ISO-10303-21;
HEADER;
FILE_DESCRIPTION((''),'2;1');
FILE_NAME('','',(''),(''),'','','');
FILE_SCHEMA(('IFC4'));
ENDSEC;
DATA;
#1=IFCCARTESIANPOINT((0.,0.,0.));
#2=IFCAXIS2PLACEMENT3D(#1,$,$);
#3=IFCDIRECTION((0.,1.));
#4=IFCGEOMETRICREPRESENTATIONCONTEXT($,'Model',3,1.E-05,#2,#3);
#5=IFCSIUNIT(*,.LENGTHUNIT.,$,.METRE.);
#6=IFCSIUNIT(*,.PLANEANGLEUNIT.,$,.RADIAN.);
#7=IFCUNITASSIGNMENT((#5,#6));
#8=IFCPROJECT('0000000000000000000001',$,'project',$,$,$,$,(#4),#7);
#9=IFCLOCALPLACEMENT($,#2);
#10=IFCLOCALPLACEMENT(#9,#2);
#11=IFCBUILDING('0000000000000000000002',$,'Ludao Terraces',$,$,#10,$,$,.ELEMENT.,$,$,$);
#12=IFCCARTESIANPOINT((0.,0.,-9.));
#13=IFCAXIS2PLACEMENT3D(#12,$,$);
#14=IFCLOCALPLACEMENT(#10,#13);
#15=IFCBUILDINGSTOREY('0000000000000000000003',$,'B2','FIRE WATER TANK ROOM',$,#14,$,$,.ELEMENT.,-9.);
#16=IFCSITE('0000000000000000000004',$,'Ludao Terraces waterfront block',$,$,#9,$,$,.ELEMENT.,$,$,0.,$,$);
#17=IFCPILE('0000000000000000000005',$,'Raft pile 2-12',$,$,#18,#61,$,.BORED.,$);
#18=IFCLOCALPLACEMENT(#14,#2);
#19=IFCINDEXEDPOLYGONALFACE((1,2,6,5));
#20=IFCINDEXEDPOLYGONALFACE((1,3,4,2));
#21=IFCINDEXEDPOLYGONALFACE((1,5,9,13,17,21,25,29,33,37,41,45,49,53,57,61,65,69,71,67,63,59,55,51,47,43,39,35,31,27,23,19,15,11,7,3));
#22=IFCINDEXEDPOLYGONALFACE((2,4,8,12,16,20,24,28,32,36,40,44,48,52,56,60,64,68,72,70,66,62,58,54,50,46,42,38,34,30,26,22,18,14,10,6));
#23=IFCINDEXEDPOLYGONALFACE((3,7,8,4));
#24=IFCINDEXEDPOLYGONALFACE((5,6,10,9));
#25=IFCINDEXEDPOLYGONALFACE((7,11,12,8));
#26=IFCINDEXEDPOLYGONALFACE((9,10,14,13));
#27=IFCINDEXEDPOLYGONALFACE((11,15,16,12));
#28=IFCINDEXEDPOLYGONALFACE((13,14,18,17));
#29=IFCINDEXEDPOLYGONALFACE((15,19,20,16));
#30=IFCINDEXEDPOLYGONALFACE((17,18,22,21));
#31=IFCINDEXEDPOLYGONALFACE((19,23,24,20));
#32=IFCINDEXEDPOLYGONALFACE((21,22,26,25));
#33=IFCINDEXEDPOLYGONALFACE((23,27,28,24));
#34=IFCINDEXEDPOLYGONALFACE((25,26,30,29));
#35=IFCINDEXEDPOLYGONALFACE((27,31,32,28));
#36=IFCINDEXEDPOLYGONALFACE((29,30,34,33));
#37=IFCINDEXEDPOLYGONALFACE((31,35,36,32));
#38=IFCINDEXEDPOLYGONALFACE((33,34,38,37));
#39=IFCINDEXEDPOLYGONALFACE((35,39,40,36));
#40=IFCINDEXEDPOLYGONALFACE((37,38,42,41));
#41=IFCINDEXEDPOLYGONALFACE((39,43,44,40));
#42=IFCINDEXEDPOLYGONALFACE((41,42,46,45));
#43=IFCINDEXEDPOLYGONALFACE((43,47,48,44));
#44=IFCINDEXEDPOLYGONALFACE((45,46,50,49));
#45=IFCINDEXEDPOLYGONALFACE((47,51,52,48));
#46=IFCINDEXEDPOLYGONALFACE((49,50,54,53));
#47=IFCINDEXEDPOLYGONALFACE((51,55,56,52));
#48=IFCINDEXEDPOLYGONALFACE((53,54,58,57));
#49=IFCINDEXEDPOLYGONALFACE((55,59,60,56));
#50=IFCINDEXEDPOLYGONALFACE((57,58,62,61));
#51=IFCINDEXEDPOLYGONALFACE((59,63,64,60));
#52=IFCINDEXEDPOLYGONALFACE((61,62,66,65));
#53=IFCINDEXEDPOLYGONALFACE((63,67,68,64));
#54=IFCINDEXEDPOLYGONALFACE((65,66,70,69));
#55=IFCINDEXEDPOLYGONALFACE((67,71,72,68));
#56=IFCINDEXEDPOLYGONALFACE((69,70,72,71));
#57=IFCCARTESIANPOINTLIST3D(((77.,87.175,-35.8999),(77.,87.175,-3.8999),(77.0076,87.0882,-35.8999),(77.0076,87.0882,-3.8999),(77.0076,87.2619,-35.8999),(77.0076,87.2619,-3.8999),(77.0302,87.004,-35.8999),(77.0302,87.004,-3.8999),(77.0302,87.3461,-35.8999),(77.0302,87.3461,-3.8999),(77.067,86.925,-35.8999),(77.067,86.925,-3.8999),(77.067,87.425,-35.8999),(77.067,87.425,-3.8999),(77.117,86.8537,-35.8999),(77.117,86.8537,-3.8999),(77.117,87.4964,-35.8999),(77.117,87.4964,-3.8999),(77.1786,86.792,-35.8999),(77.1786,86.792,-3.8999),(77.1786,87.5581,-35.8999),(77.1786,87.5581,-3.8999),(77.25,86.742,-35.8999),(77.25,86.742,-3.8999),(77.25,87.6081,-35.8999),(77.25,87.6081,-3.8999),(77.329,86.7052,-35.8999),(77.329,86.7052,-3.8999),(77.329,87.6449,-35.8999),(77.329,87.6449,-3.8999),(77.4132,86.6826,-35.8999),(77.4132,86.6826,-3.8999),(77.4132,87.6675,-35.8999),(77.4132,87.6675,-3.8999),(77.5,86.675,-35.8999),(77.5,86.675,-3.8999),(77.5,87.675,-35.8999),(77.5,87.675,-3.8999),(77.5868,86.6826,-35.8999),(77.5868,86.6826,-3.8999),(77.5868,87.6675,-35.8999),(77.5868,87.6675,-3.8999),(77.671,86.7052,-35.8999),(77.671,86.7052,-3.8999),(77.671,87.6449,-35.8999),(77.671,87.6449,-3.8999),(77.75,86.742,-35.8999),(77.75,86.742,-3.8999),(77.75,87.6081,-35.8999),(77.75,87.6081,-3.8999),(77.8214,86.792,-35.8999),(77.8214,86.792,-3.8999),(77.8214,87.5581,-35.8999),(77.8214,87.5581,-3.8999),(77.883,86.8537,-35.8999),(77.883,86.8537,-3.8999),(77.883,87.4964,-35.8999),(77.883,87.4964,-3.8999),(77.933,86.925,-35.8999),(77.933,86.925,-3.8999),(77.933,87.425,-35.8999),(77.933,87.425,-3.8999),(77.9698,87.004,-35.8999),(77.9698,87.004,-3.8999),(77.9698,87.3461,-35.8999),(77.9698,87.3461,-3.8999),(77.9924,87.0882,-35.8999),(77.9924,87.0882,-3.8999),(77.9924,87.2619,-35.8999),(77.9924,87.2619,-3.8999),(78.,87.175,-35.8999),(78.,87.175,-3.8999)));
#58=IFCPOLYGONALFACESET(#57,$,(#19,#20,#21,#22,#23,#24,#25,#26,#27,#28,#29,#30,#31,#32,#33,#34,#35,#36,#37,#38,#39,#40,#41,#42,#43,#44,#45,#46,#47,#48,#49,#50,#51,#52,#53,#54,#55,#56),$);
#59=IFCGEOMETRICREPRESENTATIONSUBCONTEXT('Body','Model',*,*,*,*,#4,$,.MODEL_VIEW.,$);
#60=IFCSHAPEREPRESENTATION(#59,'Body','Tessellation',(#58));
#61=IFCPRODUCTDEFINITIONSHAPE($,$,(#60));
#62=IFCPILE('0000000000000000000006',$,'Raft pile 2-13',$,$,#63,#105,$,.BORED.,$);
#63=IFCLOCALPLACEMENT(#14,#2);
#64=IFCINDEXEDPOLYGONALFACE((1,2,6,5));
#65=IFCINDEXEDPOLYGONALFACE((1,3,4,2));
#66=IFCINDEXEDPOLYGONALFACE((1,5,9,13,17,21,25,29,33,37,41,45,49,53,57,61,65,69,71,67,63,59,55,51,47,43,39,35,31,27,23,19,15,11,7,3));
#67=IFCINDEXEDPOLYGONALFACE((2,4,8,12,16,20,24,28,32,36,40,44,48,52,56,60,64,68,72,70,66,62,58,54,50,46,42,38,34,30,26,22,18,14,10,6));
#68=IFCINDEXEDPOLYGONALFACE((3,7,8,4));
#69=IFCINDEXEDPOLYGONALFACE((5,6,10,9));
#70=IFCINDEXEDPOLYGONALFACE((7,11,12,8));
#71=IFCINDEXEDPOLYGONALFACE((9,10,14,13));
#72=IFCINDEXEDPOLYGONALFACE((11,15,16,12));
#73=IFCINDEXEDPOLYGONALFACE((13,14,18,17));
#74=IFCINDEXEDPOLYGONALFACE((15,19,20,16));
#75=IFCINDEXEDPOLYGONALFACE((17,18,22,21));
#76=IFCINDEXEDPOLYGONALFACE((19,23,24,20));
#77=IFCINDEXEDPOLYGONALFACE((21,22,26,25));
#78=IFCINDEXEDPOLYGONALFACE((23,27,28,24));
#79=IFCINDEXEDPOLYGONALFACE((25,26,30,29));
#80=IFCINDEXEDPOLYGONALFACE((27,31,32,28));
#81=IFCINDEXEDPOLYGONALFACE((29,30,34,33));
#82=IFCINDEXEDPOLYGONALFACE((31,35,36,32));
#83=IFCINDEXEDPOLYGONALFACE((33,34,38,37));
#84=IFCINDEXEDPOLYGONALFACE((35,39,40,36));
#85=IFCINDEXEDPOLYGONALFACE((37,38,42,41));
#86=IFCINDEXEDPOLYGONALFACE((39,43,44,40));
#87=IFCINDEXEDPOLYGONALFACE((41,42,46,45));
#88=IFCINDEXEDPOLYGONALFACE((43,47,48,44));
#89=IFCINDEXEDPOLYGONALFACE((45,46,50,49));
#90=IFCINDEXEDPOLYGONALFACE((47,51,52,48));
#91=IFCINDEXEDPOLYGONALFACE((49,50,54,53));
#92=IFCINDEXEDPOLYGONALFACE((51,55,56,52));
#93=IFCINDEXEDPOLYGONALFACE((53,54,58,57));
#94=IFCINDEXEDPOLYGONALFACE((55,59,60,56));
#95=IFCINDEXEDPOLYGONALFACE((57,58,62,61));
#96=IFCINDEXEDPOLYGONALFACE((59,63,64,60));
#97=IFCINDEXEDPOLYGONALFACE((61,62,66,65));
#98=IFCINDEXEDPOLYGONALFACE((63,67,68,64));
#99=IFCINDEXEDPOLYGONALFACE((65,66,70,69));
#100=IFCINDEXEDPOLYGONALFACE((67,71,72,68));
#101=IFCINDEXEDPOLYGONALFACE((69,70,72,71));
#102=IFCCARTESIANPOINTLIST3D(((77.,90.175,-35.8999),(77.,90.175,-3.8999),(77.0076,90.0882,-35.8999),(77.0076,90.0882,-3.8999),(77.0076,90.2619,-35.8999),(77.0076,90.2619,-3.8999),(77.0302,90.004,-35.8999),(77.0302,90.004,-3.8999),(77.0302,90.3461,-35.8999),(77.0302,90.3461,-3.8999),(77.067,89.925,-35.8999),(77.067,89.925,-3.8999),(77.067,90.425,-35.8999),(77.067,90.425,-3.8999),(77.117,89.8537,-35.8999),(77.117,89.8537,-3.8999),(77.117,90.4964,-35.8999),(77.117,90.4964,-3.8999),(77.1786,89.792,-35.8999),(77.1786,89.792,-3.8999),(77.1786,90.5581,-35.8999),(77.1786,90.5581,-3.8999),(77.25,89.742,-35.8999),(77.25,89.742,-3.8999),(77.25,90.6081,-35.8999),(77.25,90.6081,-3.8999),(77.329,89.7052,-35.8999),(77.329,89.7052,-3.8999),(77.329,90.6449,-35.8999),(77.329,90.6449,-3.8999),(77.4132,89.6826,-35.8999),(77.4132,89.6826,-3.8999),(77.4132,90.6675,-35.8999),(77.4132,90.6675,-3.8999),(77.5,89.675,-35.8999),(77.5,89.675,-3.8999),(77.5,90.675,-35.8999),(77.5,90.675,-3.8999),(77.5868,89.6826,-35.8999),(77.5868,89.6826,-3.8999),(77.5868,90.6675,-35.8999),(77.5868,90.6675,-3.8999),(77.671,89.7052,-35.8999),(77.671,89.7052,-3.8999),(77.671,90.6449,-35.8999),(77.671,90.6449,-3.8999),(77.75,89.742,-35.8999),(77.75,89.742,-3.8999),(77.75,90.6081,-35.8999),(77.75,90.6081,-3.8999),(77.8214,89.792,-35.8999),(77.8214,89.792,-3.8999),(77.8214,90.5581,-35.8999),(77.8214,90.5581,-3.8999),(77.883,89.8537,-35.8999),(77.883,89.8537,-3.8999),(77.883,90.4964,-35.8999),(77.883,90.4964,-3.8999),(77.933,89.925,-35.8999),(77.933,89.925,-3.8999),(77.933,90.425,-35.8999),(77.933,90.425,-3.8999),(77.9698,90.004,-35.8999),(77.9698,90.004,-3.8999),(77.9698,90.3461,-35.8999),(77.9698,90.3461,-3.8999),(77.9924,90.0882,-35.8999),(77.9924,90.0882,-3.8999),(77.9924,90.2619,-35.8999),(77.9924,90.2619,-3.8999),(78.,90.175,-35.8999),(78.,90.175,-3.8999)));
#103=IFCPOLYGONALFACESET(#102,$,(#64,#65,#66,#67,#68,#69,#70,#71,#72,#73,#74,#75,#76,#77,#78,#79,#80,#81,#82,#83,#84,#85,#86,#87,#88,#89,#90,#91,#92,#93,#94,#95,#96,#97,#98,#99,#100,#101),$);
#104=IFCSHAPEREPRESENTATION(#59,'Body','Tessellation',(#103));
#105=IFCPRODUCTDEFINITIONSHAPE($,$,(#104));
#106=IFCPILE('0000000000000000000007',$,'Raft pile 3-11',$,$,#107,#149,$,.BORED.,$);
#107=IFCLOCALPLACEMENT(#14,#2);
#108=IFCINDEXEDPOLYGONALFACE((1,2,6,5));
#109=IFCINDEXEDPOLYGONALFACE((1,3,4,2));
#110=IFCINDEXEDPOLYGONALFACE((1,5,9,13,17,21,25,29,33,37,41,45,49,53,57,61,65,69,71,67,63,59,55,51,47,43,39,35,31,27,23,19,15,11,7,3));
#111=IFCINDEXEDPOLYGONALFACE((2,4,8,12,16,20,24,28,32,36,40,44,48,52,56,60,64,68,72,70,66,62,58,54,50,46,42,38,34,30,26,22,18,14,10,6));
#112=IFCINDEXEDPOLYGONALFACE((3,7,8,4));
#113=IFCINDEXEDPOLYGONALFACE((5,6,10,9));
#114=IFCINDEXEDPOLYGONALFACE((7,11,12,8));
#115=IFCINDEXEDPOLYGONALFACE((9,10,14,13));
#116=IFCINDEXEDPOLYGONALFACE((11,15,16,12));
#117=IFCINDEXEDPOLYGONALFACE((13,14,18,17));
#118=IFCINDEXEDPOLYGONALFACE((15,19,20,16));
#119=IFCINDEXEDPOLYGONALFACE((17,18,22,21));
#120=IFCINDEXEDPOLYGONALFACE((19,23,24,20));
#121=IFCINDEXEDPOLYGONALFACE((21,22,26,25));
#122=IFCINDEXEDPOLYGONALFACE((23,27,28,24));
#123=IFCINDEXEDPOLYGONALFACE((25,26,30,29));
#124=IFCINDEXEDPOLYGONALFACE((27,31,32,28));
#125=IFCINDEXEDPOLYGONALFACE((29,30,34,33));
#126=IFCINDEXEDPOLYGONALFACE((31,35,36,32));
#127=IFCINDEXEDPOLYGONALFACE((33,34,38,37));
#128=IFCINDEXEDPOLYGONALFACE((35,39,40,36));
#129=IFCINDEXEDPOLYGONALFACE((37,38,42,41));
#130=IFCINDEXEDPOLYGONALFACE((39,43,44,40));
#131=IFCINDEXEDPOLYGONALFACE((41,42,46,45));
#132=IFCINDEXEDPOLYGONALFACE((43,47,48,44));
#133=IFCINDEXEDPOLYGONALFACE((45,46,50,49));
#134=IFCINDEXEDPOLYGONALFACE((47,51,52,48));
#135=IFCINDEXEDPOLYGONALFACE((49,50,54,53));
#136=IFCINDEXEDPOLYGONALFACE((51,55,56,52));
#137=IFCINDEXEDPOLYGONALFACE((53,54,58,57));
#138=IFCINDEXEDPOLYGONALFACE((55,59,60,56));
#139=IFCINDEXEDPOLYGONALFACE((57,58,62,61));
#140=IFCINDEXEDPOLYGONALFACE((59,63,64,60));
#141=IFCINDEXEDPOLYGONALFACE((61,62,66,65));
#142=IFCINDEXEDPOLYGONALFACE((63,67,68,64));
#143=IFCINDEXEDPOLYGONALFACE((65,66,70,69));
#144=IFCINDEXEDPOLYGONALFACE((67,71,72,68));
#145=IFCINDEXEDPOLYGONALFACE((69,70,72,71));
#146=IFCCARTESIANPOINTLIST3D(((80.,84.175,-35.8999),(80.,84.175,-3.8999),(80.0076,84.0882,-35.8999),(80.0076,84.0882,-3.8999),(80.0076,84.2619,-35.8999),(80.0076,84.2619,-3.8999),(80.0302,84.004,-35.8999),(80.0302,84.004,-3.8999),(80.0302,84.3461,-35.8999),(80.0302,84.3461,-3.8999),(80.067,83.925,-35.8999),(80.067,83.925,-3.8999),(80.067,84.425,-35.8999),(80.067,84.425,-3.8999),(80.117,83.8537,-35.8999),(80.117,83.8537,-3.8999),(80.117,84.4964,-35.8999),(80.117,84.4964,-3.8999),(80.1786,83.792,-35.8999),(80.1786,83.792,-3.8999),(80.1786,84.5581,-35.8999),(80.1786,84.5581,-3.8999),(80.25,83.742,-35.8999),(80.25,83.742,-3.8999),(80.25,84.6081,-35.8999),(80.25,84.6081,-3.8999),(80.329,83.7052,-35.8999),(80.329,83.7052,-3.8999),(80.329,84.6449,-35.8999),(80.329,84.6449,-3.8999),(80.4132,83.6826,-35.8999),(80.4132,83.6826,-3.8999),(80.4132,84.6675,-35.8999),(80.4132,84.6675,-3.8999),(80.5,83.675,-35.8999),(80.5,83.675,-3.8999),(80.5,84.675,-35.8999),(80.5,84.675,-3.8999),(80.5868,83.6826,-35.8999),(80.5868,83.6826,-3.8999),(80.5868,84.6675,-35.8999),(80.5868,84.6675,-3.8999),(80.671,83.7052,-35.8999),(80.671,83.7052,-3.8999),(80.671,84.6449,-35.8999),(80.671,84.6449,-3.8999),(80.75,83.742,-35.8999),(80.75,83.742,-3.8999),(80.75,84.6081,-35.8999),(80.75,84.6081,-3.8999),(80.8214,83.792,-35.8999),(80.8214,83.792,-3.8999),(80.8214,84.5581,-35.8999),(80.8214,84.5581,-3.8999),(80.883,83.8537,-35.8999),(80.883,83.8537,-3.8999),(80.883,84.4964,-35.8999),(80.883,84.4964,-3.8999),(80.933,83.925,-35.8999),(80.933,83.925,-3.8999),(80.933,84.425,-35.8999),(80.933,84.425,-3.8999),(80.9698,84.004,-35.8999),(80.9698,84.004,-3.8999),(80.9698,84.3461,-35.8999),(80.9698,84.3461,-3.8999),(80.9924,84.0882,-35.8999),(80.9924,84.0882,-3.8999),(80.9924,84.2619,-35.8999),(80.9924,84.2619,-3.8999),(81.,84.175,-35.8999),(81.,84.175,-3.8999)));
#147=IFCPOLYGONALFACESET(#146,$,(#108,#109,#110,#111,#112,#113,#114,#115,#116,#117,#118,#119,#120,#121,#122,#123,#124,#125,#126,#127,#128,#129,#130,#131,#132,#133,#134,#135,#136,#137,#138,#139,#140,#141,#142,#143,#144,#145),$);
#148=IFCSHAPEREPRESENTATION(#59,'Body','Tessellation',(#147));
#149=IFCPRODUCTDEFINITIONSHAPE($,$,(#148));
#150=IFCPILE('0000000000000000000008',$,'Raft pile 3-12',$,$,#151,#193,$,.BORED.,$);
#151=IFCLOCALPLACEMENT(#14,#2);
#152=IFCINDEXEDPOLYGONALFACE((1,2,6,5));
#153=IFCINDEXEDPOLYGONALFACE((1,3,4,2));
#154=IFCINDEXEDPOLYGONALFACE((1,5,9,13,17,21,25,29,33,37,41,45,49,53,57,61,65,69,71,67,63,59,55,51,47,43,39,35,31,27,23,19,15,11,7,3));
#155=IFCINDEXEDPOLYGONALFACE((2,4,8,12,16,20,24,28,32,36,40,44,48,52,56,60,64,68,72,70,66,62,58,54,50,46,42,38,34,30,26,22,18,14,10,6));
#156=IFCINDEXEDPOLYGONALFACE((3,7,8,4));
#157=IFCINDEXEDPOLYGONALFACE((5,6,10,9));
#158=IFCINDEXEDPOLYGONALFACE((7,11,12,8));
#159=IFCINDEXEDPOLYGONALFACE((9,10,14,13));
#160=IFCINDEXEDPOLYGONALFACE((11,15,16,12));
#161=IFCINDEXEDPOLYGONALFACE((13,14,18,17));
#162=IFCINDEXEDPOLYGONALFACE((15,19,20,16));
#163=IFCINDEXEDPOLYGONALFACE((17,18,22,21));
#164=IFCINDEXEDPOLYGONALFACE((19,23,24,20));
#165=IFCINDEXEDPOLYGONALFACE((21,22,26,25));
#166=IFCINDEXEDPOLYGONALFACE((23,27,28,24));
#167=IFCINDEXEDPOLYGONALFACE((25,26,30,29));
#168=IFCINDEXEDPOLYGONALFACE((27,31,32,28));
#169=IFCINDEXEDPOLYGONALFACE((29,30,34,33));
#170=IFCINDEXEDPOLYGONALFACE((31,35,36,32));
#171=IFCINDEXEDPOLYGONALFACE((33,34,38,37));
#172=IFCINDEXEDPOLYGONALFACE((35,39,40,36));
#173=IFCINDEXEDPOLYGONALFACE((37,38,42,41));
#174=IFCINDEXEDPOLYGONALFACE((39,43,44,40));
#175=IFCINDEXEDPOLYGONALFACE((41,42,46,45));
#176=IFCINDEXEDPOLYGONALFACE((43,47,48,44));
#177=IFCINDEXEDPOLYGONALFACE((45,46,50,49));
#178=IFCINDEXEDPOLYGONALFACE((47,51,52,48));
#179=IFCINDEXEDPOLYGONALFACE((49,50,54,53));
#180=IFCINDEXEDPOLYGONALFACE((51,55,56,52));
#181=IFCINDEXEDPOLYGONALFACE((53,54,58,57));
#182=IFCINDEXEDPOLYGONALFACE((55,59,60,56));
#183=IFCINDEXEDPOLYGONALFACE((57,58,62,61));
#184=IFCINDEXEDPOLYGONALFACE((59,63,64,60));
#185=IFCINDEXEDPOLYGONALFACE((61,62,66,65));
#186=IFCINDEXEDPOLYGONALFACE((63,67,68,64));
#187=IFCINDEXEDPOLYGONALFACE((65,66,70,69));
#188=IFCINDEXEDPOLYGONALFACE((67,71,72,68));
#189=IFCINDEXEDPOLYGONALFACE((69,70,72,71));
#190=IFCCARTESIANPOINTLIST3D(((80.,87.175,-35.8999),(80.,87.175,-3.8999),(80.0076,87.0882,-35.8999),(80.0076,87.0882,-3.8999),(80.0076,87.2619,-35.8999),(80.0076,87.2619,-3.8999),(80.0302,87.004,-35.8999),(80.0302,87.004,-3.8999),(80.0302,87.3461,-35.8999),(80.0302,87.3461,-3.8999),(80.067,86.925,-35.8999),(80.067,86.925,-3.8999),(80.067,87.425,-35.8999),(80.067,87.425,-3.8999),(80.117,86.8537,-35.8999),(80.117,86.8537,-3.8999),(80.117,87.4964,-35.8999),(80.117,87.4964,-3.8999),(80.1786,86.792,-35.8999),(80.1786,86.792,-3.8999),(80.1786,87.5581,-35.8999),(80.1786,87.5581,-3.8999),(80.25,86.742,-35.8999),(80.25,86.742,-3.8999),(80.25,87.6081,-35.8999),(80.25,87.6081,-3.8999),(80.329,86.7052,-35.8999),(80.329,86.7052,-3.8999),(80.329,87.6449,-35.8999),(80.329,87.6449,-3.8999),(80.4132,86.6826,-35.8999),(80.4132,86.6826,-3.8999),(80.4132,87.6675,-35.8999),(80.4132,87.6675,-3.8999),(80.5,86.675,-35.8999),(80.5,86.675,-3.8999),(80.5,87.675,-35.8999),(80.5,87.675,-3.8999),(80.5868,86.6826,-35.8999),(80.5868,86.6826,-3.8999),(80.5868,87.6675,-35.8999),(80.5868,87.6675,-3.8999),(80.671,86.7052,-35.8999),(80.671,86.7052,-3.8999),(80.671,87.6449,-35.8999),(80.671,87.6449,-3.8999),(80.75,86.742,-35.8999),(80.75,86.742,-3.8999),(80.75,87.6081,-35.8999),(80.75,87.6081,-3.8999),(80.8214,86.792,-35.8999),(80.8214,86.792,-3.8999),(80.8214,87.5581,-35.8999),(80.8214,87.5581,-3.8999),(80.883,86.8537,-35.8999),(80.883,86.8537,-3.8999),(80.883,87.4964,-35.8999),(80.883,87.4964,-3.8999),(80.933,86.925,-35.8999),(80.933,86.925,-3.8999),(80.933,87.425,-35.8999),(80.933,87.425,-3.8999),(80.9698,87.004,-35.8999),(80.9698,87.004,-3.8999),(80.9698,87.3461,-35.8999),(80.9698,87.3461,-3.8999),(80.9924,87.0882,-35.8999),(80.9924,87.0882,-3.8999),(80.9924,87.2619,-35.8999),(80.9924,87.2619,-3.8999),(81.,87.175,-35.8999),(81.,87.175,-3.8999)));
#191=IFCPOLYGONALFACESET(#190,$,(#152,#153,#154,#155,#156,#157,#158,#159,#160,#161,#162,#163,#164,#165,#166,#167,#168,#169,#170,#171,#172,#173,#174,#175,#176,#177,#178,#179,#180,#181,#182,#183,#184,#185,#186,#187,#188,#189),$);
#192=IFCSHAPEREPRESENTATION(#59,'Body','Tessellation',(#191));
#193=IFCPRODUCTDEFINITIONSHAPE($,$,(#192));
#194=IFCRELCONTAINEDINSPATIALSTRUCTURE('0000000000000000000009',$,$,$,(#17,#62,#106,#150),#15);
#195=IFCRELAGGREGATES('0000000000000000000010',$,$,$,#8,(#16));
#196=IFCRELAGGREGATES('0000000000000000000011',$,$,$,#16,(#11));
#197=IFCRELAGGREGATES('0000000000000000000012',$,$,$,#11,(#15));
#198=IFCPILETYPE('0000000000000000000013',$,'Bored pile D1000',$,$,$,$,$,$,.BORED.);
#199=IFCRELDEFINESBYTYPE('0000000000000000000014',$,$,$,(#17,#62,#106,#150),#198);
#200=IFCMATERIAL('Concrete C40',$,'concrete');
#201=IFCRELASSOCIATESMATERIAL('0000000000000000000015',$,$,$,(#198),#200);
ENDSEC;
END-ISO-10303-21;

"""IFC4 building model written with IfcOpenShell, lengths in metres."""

from ifc_helpers import new_model, si_unit, direction, frame, origin, origin_2d, place, context, subcontext, project, spatial, circle, extrude, material, material_profile, profile_set, type_object, element, save


model = new_model("IFC4")

# Units and contexts
model_context = context("Model", 3, precision=1e-05, world=origin(), true_north=direction((0.0, 1.0)))
body_context = subcontext(model_context, "Body", "Model", "MODEL_VIEW")
ifc_project = project(units=[si_unit("LENGTHUNIT", "METRE"), si_unit("PLANEANGLEUNIT", "RADIAN")], contexts=[model_context])

# Site, building, storey
site_placement = place(None, origin())
site = spatial("IfcSite", under=ifc_project, at=site_placement, Name="Ludao Terraces waterfront block", CompositionType="ELEMENT", RefElevation=0.0)
building_placement = place(site_placement, origin())
building = spatial("IfcBuilding", under=site, at=building_placement, Name="Ludao Terraces", CompositionType="ELEMENT")
storey_placement = place(building_placement, frame((0.0, 0.0, -9.0)))
storey = spatial("IfcBuildingStorey", under=building, at=storey_placement, Name="B2", Description="FIRE WATER TANK ROOM", CompositionType="ELEMENT", Elevation=-9.0)

# Piles
ifc_material_1 = material(Name="Concrete C40", Category="concrete")
ifc_material_profile_1 = material_profile(ifc_material_1, circle(Radius=0.5, at=origin_2d()), Name="D1000 BORED PILE")
ifc_profile_set_1 = profile_set([ifc_material_profile_1], Name="Concrete C40")
pile_type = type_object("IfcPileType", Name="Bored pile D1000", PredefinedType="BORED", material=ifc_profile_set_1)
for number, where, z_axis, x_axis, name in (
    (1, (77.5, 87.175, -3.8999), (0.0, 0.0, -1.0), (1.0, 0.0, 0.0), "Raft pile 2-12"),
    (2, (77.5, 90.175, -3.8999), (0.0, 0.0, -1.0), (1.0, 0.0, 0.0), "Raft pile 2-13"),
    (3, (80.5, 84.175, -3.8999), (0.0, 0.0, -1.0), (1.0, 0.0, 0.0), "Raft pile 3-11"),
    (4, (80.5, 87.175, -3.8999), (0.0, 0.0, -1.0), (1.0, 0.0, 0.0), "Raft pile 3-12"),
):
    element("IfcPile", number, at=place(storey_placement, frame(where, z_axis=z_axis, x_axis=x_axis)), inside=storey, type_object=pile_type, Name=name, PredefinedType="BORED", context=body_context, shape_type="SweptSolid", body=[
        extrude(circle(Radius=0.5, at=origin_2d()), origin(), (0.0, 0.0, 1.0), 32.0),
    ])

save(model, "model.ifc")
